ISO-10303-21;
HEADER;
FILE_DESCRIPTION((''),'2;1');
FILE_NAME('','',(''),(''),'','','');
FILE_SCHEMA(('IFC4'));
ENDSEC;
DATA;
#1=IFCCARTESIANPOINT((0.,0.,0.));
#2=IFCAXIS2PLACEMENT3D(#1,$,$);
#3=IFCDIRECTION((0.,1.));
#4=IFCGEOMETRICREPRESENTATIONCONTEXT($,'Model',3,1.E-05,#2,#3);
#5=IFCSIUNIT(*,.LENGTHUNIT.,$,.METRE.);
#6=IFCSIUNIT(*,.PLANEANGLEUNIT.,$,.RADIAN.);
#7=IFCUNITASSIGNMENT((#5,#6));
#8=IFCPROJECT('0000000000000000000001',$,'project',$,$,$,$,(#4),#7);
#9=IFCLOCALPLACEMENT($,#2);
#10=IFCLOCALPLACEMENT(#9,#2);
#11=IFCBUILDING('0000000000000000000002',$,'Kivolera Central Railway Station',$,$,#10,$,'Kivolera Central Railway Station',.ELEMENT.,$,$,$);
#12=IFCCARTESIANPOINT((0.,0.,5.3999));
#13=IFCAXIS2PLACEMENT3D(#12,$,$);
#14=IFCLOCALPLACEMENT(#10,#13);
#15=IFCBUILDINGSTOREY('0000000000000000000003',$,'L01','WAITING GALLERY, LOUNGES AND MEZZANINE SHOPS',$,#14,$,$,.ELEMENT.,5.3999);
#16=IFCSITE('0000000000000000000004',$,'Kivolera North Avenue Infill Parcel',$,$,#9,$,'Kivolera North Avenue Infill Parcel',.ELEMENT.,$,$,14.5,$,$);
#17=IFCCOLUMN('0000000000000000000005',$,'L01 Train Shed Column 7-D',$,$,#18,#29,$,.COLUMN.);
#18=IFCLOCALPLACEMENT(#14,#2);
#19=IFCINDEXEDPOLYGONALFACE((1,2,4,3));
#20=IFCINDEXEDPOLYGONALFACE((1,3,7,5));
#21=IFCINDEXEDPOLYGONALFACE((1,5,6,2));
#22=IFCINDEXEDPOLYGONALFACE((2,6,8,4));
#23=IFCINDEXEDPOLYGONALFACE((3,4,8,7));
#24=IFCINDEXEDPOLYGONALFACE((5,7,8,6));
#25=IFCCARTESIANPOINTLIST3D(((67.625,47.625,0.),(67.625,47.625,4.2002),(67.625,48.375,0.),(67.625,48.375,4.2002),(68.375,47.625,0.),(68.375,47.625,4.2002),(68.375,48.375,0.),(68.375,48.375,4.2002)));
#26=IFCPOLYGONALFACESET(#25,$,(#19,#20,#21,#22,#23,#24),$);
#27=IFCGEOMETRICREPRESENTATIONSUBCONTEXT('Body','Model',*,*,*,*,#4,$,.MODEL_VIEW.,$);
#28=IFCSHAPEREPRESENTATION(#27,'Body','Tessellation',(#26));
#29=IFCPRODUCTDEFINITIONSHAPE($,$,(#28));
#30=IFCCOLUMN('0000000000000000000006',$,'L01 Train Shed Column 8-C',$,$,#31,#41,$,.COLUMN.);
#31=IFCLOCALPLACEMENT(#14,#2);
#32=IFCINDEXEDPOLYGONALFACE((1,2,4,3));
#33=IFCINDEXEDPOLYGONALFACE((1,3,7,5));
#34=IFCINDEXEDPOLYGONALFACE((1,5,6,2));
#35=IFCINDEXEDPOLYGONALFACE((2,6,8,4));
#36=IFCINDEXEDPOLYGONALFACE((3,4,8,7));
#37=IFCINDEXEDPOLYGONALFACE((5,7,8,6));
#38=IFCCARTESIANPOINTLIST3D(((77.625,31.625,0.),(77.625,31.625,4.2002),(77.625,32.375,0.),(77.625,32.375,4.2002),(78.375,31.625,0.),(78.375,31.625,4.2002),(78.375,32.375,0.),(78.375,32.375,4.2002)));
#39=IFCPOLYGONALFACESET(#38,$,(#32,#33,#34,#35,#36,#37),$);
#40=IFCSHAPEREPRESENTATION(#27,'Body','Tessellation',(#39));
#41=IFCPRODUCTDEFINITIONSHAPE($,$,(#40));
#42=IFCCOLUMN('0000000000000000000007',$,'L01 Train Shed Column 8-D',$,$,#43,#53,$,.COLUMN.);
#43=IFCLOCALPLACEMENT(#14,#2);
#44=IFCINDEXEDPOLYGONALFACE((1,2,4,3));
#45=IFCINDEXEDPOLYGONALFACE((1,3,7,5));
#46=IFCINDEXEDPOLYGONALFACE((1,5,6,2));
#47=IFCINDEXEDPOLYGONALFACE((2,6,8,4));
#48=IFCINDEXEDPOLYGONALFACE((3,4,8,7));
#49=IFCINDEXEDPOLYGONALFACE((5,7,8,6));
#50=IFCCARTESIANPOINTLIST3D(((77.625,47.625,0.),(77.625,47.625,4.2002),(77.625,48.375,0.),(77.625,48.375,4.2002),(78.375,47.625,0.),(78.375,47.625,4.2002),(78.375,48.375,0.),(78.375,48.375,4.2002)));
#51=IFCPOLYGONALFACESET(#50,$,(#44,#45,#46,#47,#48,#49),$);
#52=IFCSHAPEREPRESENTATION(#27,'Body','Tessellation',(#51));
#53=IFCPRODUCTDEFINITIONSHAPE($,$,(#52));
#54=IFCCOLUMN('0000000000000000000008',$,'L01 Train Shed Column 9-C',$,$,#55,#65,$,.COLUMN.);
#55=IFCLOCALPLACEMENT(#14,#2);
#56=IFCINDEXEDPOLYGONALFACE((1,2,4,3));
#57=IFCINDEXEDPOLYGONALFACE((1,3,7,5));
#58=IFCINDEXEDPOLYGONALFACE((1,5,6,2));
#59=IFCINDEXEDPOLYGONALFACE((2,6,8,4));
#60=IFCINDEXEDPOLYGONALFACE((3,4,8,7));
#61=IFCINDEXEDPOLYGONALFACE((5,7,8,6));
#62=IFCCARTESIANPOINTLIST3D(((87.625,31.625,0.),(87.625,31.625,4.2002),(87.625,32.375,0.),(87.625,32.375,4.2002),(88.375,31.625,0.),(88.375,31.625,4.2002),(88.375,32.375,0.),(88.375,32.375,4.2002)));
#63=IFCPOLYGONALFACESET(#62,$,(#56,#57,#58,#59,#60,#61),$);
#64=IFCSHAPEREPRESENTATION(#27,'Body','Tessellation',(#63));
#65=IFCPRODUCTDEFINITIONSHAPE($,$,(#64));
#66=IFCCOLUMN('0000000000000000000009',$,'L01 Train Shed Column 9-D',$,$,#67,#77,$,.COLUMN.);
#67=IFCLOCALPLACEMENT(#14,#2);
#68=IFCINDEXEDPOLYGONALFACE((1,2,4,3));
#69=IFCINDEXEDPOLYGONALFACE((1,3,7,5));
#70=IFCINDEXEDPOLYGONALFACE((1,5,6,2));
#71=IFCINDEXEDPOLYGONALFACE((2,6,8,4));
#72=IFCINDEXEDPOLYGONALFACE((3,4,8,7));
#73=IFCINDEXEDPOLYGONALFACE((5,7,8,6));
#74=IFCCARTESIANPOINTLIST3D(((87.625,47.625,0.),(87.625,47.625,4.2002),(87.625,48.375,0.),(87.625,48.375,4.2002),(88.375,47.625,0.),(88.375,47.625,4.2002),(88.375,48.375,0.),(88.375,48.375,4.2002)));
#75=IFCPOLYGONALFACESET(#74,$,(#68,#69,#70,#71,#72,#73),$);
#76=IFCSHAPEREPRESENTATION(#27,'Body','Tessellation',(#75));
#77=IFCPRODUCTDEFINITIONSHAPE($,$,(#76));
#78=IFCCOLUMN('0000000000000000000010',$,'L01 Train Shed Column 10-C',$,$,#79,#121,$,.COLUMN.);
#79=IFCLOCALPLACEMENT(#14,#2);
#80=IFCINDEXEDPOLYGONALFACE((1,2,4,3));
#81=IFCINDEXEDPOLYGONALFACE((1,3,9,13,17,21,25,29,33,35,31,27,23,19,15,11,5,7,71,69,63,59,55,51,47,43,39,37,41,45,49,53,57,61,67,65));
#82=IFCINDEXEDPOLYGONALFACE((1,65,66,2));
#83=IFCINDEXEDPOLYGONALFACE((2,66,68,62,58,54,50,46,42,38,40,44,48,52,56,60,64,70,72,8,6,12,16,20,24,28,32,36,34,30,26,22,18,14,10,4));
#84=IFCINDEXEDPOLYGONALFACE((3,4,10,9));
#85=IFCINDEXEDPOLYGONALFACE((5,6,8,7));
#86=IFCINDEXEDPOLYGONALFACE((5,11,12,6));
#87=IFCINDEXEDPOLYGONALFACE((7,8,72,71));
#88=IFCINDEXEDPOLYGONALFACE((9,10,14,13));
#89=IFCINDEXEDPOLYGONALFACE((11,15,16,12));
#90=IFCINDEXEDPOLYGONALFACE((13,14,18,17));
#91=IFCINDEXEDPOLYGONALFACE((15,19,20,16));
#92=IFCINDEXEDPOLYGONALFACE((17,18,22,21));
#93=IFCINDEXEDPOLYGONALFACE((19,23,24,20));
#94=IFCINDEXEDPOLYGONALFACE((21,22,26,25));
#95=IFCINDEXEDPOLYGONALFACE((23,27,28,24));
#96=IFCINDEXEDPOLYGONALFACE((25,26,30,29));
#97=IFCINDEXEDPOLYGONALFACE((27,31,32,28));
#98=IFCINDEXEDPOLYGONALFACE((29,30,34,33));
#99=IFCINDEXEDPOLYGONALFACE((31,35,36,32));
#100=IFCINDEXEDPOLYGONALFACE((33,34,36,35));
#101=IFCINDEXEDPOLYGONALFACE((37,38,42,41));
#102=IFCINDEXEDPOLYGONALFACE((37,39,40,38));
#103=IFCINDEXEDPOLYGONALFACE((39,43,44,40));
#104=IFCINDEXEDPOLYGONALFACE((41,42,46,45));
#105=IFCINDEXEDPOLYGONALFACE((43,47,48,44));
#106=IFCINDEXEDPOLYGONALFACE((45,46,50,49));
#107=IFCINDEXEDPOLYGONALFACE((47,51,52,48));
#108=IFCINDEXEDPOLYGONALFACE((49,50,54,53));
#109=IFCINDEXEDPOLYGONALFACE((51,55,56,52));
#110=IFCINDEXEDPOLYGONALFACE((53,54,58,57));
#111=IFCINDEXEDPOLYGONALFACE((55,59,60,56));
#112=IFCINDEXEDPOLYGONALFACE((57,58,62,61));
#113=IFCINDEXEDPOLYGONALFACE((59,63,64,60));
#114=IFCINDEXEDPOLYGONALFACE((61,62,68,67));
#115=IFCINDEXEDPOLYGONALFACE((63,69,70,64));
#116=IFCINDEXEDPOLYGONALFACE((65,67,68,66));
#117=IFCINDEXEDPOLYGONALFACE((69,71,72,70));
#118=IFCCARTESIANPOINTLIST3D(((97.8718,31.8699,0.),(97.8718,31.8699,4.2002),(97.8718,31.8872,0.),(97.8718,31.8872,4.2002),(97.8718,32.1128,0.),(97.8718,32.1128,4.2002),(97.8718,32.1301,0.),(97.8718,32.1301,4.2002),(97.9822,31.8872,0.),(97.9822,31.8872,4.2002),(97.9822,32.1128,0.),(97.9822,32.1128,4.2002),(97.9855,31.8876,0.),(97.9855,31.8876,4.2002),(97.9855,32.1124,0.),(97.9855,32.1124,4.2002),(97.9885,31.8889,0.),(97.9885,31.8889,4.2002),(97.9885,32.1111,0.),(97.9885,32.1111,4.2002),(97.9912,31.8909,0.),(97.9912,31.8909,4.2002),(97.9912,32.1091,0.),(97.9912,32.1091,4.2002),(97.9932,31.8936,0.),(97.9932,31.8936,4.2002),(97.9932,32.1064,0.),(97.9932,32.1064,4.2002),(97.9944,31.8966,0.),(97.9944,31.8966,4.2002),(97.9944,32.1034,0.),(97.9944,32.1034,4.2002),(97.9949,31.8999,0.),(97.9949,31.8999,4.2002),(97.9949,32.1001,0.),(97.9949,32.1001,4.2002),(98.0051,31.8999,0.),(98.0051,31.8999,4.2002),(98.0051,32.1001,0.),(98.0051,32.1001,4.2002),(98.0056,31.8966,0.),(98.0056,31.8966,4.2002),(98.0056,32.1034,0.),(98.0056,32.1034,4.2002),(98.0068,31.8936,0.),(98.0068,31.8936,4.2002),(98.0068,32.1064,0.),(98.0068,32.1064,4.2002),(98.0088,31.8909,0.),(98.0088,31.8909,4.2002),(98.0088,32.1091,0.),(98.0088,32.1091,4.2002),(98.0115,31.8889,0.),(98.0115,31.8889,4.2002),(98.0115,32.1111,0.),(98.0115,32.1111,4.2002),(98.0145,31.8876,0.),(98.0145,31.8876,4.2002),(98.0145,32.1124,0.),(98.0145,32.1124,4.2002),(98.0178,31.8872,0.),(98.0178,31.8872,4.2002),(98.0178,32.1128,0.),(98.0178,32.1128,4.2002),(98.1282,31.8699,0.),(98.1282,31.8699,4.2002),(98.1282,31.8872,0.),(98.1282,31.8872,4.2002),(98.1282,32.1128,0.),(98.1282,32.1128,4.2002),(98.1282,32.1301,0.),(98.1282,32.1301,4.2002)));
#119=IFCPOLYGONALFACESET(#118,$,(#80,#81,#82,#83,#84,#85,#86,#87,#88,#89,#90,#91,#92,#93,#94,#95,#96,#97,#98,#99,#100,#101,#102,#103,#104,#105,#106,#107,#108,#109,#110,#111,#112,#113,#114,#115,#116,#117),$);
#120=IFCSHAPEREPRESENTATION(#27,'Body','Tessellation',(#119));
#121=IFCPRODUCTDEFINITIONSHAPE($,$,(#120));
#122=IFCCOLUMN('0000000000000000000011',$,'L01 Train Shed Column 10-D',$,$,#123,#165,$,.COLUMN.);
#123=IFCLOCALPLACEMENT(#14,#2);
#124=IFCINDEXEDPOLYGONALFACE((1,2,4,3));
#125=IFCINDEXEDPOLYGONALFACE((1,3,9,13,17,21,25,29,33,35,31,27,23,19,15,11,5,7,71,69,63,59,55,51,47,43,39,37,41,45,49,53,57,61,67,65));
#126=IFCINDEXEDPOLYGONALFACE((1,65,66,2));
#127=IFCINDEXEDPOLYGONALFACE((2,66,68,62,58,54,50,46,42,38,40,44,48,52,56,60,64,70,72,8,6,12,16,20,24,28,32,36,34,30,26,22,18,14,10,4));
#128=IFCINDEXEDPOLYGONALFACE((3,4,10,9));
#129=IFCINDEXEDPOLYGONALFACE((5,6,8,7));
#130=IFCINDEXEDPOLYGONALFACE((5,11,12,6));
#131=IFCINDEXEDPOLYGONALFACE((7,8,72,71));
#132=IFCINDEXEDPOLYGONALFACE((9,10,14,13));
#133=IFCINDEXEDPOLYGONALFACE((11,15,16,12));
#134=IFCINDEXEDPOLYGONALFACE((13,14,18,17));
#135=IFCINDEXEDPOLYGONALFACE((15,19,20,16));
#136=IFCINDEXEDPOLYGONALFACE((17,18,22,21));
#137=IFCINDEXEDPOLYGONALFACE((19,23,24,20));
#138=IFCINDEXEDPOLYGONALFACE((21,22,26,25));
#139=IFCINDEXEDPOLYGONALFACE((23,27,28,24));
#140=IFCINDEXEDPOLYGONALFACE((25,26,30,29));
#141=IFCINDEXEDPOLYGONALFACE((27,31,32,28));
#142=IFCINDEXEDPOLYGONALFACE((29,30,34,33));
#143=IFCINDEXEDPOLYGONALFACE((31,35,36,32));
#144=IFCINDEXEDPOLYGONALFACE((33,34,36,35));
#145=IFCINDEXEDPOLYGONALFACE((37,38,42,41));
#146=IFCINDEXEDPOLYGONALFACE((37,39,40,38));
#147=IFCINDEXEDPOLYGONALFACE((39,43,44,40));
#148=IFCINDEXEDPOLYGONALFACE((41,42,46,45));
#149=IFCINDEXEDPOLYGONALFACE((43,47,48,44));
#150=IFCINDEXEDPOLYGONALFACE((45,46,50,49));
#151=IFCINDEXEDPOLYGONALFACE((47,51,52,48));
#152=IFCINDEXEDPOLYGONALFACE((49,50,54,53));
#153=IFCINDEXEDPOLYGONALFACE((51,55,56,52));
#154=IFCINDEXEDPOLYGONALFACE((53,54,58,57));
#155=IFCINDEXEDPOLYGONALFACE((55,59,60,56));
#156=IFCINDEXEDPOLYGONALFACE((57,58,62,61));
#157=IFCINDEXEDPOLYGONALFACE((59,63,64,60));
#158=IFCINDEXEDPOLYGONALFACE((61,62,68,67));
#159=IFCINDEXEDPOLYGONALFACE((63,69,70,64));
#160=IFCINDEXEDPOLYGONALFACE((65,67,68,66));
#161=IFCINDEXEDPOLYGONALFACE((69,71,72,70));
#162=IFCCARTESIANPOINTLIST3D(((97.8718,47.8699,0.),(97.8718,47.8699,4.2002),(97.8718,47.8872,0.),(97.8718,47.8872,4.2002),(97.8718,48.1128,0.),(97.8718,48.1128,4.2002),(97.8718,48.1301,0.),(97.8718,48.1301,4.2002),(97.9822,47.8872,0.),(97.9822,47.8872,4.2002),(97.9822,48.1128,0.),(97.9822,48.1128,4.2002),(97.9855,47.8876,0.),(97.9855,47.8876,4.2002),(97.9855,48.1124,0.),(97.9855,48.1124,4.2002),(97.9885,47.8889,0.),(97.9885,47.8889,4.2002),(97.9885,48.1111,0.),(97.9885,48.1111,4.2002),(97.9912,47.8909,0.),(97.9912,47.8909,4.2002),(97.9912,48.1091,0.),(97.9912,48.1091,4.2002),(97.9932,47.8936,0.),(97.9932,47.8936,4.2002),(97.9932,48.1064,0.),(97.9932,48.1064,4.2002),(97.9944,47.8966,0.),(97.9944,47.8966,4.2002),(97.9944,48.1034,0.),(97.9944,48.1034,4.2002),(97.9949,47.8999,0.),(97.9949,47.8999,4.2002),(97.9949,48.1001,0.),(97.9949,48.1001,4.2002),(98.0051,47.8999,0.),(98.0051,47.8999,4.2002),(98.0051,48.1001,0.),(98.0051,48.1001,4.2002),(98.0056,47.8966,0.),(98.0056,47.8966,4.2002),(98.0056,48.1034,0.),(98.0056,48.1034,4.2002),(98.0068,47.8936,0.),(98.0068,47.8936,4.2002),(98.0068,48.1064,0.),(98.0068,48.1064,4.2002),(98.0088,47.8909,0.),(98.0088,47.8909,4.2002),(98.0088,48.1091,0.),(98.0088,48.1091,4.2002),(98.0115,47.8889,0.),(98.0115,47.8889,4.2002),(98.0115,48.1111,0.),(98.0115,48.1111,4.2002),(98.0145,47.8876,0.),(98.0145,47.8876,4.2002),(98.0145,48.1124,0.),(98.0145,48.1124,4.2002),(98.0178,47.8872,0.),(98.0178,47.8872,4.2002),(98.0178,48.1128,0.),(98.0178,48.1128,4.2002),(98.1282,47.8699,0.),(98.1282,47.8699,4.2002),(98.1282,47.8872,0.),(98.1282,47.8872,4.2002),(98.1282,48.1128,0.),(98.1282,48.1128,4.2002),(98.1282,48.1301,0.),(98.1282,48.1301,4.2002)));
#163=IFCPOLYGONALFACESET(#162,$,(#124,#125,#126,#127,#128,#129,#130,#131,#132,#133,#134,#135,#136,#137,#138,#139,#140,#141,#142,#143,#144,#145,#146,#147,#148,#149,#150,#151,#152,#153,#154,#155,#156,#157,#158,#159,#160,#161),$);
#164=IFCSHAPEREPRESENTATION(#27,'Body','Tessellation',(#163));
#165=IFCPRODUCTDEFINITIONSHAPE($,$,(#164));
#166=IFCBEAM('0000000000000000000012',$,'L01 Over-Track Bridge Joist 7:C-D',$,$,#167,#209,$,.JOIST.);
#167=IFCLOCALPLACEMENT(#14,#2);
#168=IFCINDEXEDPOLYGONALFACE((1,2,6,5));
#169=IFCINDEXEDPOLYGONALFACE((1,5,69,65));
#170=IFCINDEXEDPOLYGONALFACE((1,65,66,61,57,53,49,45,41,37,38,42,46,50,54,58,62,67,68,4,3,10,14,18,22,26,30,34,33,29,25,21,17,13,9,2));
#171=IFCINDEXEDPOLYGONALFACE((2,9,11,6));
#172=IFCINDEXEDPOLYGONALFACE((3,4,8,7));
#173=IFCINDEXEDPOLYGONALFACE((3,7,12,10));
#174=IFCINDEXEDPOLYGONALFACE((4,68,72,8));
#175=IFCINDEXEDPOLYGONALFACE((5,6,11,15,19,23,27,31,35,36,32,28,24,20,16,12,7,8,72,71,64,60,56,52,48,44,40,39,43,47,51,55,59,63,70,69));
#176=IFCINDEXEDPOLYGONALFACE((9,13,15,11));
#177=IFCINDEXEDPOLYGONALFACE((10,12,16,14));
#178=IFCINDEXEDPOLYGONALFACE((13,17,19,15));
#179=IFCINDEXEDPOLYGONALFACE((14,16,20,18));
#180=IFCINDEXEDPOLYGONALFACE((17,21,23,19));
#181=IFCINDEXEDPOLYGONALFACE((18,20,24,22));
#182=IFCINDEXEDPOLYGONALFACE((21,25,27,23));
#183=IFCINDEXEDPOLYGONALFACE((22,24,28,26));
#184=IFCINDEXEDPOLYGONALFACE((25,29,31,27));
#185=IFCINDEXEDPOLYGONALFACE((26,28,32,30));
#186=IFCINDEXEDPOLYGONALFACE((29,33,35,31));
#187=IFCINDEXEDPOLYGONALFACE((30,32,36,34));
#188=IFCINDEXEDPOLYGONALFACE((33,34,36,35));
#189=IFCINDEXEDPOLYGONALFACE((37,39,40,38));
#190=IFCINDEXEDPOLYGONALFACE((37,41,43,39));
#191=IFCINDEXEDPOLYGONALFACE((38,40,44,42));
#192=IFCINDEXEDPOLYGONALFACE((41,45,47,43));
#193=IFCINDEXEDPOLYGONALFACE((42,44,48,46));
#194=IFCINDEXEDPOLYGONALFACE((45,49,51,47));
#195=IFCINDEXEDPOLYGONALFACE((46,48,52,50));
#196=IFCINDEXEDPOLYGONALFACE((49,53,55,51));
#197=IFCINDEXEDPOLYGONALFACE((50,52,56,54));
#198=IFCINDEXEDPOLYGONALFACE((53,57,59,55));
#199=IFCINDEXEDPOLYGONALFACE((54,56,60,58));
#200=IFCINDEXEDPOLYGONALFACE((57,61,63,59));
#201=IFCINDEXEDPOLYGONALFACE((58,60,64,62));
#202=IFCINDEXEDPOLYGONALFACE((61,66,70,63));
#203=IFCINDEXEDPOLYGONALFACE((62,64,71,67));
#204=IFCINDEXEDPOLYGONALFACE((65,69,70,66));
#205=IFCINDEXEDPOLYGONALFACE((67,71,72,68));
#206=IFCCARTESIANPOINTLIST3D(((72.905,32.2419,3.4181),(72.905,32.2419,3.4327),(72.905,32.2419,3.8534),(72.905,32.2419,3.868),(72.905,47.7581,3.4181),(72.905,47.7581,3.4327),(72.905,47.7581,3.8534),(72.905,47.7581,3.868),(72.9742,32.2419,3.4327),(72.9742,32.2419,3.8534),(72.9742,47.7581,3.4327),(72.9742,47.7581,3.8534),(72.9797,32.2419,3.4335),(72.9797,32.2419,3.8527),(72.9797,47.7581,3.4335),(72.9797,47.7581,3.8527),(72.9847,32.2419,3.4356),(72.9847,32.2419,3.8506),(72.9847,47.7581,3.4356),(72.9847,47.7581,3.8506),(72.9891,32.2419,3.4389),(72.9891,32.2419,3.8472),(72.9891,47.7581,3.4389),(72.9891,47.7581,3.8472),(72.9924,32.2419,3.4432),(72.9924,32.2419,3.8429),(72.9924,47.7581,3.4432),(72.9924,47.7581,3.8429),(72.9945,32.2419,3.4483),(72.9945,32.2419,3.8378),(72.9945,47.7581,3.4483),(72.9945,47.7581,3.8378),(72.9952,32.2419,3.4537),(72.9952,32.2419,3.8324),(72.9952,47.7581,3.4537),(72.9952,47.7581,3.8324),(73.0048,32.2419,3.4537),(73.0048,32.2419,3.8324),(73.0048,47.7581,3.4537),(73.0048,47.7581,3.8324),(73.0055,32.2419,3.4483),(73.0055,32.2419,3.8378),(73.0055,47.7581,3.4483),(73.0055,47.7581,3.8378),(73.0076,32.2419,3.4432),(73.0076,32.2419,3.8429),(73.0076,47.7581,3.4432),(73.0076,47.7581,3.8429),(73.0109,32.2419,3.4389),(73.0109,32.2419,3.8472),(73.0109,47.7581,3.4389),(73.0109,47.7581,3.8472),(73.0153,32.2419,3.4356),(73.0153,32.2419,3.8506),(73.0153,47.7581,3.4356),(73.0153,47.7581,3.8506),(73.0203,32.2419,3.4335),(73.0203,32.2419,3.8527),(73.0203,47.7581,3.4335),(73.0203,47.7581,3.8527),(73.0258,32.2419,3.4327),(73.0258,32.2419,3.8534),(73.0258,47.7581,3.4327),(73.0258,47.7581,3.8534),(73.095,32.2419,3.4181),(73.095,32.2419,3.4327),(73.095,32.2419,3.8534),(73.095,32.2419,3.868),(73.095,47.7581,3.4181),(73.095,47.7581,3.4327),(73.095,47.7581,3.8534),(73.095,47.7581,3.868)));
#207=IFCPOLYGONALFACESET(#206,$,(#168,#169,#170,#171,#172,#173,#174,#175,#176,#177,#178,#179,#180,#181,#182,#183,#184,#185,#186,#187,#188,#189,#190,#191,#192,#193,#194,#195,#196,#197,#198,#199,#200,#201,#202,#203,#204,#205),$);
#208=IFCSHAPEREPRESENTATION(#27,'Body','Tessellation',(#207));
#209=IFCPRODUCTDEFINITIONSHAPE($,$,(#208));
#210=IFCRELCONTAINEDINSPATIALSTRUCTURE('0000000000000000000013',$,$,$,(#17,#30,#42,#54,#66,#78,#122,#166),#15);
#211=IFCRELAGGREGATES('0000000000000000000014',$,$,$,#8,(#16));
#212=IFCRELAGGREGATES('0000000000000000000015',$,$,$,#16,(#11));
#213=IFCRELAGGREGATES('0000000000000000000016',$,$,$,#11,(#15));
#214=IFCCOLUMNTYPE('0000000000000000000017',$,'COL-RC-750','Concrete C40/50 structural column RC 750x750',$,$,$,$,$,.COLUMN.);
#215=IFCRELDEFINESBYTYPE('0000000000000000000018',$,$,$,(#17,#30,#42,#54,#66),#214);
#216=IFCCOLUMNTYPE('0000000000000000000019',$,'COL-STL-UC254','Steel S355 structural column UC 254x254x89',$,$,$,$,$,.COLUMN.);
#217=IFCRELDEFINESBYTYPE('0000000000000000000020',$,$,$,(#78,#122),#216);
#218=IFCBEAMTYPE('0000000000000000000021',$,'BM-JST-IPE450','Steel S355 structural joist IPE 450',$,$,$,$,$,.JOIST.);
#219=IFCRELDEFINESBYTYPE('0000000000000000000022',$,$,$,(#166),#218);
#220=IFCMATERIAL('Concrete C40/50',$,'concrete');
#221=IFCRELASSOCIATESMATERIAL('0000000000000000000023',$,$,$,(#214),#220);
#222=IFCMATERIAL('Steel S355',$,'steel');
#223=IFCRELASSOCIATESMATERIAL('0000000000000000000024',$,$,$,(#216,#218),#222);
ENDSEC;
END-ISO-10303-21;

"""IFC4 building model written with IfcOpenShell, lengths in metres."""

from ifc_helpers import new_model, si_unit, direction, frame, origin, origin_2d, place, context, subcontext, project, spatial, rectangle, i_section, extrude, material, material_profile, profile_set, type_object, element, save


model = new_model("IFC4")

# Units and contexts
model_context = context("Model", 3, precision=1e-05, world=origin(), true_north=direction((0.0, 1.0)))
body_context = subcontext(model_context, "Body", "Model", "MODEL_VIEW")
ifc_project = project(units=[si_unit("LENGTHUNIT", "METRE"), si_unit("PLANEANGLEUNIT", "RADIAN")], contexts=[model_context])

# Site, building, storey
site_placement = place(None, origin())
site = spatial("IfcSite", under=ifc_project, at=site_placement, Name="Kivolera North Avenue Infill Parcel", LongName="Kivolera North Avenue Infill Parcel", CompositionType="ELEMENT", RefElevation=14.5)
building_placement = place(site_placement, origin())
building = spatial("IfcBuilding", under=site, at=building_placement, Name="Kivolera Central Railway Station", LongName="Kivolera Central Railway Station", CompositionType="ELEMENT")
storey_placement = place(building_placement, frame((0.0, 0.0, 5.3999)))
storey = spatial("IfcBuildingStorey", under=building, at=storey_placement, Name="L01", Description="WAITING GALLERY, LOUNGES AND MEZZANINE SHOPS", CompositionType="ELEMENT", Elevation=5.3999)

# Columns
ifc_material_1 = material(Name="Concrete C40/50", Category="concrete")
ifc_material_profile_1 = material_profile(ifc_material_1, rectangle(XDim=0.75, YDim=0.75, at=origin_2d()), Name="RC 750x750")
ifc_profile_set_1 = profile_set([ifc_material_profile_1], Name="Concrete C40/50")
column_type_1 = type_object("IfcColumnType", Name="COL-RC-750", Description="Concrete C40/50 structural column RC 750x750", PredefinedType="COLUMN", material=ifc_profile_set_1)
for number, where, z_axis, x_axis, name in (
    (1, (68.0, 48.0, 0.0), (0.0, 0.0, 1.0), (1.0, 0.0, 0.0), "L01 Train Shed Column 7-D"),
    (2, (78.0, 32.0, 0.0), (0.0, 0.0, 1.0), (1.0, 0.0, 0.0), "L01 Train Shed Column 8-C"),
    (3, (78.0, 48.0, 0.0), (0.0, 0.0, 1.0), (1.0, 0.0, 0.0), "L01 Train Shed Column 8-D"),
    (4, (88.0, 32.0, 0.0), (0.0, 0.0, 1.0), (1.0, 0.0, 0.0), "L01 Train Shed Column 9-C"),
    (5, (88.0, 48.0, 0.0), (0.0, 0.0, 1.0), (1.0, 0.0, 0.0), "L01 Train Shed Column 9-D"),
):
    element("IfcColumn", number, at=place(storey_placement, frame(where, z_axis=z_axis, x_axis=x_axis)), inside=storey, type_object=column_type_1, Name=name, PredefinedType="COLUMN", context=body_context, shape_type="SweptSolid", body=[
        extrude(rectangle(XDim=0.75, YDim=0.75, at=origin_2d()), origin(), (0.0, 0.0, 1.0), 4.2002),
    ])
ifc_material_2 = material(Name="Steel S355", Category="steel")
ifc_material_profile_2 = material_profile(ifc_material_2, i_section(OverallWidth=0.2563, OverallDepth=0.2603, WebThickness=0.0103, FlangeThickness=0.0173, FilletRadius=0.0127, at=origin_2d()), Name="UC 254x254x89")
ifc_profile_set_2 = profile_set([ifc_material_profile_2], Name="Steel S355")
column_type_2 = type_object("IfcColumnType", Name="COL-STL-UC254", Description="Steel S355 structural column UC 254x254x89", PredefinedType="COLUMN", material=ifc_profile_set_2)
for number, where, z_axis, x_axis, name in (
    (6, (98.0, 32.0, 0.0), (0.0, 0.0, 1.0), (1.0, 0.0, 0.0), "L01 Train Shed Column 10-C"),
    (7, (98.0, 48.0, 0.0), (0.0, 0.0, 1.0), (1.0, 0.0, 0.0), "L01 Train Shed Column 10-D"),
):
    element("IfcColumn", number, at=place(storey_placement, frame(where, z_axis=z_axis, x_axis=x_axis)), inside=storey, type_object=column_type_2, Name=name, PredefinedType="COLUMN", context=body_context, shape_type="SweptSolid", body=[
        extrude(i_section(OverallWidth=0.2563, OverallDepth=0.2603, WebThickness=0.0103, FlangeThickness=0.0173, FilletRadius=0.0127, at=origin_2d()), origin(), (0.0, 0.0, 1.0), 4.2002),
    ])

# Beam
ifc_material_profile_3 = material_profile(ifc_material_2, i_section(OverallWidth=0.1899, OverallDepth=0.45, WebThickness=0.0095, FlangeThickness=0.0146, FilletRadius=0.021, at=origin_2d()), Name="IPE 450")
ifc_profile_set_3 = profile_set([ifc_material_profile_3], Name="Steel S355")
beam_type_1 = type_object("IfcBeamType", Name="BM-JST-IPE450", Description="Steel S355 structural joist IPE 450", PredefinedType="JOIST", material=ifc_profile_set_3)
for number, where, z_axis, x_axis, name in (
    (8, (73.0, 32.2419, 3.6431), (0.0, 1.0, 0.0), (-1.0, 0.0, 0.0), "L01 Over-Track Bridge Joist 7:C-D"),
):
    element("IfcBeam", number, at=place(storey_placement, frame(where, z_axis=z_axis, x_axis=x_axis)), inside=storey, type_object=beam_type_1, Name=name, PredefinedType="JOIST", context=body_context, shape_type="SweptSolid", body=[
        extrude(i_section(OverallWidth=0.1899, OverallDepth=0.45, WebThickness=0.0095, FlangeThickness=0.0146, FilletRadius=0.021, at=origin_2d()), origin(), (0.0, 0.0, 1.0), 15.5161),
    ])

save(model, "model.ifc")
